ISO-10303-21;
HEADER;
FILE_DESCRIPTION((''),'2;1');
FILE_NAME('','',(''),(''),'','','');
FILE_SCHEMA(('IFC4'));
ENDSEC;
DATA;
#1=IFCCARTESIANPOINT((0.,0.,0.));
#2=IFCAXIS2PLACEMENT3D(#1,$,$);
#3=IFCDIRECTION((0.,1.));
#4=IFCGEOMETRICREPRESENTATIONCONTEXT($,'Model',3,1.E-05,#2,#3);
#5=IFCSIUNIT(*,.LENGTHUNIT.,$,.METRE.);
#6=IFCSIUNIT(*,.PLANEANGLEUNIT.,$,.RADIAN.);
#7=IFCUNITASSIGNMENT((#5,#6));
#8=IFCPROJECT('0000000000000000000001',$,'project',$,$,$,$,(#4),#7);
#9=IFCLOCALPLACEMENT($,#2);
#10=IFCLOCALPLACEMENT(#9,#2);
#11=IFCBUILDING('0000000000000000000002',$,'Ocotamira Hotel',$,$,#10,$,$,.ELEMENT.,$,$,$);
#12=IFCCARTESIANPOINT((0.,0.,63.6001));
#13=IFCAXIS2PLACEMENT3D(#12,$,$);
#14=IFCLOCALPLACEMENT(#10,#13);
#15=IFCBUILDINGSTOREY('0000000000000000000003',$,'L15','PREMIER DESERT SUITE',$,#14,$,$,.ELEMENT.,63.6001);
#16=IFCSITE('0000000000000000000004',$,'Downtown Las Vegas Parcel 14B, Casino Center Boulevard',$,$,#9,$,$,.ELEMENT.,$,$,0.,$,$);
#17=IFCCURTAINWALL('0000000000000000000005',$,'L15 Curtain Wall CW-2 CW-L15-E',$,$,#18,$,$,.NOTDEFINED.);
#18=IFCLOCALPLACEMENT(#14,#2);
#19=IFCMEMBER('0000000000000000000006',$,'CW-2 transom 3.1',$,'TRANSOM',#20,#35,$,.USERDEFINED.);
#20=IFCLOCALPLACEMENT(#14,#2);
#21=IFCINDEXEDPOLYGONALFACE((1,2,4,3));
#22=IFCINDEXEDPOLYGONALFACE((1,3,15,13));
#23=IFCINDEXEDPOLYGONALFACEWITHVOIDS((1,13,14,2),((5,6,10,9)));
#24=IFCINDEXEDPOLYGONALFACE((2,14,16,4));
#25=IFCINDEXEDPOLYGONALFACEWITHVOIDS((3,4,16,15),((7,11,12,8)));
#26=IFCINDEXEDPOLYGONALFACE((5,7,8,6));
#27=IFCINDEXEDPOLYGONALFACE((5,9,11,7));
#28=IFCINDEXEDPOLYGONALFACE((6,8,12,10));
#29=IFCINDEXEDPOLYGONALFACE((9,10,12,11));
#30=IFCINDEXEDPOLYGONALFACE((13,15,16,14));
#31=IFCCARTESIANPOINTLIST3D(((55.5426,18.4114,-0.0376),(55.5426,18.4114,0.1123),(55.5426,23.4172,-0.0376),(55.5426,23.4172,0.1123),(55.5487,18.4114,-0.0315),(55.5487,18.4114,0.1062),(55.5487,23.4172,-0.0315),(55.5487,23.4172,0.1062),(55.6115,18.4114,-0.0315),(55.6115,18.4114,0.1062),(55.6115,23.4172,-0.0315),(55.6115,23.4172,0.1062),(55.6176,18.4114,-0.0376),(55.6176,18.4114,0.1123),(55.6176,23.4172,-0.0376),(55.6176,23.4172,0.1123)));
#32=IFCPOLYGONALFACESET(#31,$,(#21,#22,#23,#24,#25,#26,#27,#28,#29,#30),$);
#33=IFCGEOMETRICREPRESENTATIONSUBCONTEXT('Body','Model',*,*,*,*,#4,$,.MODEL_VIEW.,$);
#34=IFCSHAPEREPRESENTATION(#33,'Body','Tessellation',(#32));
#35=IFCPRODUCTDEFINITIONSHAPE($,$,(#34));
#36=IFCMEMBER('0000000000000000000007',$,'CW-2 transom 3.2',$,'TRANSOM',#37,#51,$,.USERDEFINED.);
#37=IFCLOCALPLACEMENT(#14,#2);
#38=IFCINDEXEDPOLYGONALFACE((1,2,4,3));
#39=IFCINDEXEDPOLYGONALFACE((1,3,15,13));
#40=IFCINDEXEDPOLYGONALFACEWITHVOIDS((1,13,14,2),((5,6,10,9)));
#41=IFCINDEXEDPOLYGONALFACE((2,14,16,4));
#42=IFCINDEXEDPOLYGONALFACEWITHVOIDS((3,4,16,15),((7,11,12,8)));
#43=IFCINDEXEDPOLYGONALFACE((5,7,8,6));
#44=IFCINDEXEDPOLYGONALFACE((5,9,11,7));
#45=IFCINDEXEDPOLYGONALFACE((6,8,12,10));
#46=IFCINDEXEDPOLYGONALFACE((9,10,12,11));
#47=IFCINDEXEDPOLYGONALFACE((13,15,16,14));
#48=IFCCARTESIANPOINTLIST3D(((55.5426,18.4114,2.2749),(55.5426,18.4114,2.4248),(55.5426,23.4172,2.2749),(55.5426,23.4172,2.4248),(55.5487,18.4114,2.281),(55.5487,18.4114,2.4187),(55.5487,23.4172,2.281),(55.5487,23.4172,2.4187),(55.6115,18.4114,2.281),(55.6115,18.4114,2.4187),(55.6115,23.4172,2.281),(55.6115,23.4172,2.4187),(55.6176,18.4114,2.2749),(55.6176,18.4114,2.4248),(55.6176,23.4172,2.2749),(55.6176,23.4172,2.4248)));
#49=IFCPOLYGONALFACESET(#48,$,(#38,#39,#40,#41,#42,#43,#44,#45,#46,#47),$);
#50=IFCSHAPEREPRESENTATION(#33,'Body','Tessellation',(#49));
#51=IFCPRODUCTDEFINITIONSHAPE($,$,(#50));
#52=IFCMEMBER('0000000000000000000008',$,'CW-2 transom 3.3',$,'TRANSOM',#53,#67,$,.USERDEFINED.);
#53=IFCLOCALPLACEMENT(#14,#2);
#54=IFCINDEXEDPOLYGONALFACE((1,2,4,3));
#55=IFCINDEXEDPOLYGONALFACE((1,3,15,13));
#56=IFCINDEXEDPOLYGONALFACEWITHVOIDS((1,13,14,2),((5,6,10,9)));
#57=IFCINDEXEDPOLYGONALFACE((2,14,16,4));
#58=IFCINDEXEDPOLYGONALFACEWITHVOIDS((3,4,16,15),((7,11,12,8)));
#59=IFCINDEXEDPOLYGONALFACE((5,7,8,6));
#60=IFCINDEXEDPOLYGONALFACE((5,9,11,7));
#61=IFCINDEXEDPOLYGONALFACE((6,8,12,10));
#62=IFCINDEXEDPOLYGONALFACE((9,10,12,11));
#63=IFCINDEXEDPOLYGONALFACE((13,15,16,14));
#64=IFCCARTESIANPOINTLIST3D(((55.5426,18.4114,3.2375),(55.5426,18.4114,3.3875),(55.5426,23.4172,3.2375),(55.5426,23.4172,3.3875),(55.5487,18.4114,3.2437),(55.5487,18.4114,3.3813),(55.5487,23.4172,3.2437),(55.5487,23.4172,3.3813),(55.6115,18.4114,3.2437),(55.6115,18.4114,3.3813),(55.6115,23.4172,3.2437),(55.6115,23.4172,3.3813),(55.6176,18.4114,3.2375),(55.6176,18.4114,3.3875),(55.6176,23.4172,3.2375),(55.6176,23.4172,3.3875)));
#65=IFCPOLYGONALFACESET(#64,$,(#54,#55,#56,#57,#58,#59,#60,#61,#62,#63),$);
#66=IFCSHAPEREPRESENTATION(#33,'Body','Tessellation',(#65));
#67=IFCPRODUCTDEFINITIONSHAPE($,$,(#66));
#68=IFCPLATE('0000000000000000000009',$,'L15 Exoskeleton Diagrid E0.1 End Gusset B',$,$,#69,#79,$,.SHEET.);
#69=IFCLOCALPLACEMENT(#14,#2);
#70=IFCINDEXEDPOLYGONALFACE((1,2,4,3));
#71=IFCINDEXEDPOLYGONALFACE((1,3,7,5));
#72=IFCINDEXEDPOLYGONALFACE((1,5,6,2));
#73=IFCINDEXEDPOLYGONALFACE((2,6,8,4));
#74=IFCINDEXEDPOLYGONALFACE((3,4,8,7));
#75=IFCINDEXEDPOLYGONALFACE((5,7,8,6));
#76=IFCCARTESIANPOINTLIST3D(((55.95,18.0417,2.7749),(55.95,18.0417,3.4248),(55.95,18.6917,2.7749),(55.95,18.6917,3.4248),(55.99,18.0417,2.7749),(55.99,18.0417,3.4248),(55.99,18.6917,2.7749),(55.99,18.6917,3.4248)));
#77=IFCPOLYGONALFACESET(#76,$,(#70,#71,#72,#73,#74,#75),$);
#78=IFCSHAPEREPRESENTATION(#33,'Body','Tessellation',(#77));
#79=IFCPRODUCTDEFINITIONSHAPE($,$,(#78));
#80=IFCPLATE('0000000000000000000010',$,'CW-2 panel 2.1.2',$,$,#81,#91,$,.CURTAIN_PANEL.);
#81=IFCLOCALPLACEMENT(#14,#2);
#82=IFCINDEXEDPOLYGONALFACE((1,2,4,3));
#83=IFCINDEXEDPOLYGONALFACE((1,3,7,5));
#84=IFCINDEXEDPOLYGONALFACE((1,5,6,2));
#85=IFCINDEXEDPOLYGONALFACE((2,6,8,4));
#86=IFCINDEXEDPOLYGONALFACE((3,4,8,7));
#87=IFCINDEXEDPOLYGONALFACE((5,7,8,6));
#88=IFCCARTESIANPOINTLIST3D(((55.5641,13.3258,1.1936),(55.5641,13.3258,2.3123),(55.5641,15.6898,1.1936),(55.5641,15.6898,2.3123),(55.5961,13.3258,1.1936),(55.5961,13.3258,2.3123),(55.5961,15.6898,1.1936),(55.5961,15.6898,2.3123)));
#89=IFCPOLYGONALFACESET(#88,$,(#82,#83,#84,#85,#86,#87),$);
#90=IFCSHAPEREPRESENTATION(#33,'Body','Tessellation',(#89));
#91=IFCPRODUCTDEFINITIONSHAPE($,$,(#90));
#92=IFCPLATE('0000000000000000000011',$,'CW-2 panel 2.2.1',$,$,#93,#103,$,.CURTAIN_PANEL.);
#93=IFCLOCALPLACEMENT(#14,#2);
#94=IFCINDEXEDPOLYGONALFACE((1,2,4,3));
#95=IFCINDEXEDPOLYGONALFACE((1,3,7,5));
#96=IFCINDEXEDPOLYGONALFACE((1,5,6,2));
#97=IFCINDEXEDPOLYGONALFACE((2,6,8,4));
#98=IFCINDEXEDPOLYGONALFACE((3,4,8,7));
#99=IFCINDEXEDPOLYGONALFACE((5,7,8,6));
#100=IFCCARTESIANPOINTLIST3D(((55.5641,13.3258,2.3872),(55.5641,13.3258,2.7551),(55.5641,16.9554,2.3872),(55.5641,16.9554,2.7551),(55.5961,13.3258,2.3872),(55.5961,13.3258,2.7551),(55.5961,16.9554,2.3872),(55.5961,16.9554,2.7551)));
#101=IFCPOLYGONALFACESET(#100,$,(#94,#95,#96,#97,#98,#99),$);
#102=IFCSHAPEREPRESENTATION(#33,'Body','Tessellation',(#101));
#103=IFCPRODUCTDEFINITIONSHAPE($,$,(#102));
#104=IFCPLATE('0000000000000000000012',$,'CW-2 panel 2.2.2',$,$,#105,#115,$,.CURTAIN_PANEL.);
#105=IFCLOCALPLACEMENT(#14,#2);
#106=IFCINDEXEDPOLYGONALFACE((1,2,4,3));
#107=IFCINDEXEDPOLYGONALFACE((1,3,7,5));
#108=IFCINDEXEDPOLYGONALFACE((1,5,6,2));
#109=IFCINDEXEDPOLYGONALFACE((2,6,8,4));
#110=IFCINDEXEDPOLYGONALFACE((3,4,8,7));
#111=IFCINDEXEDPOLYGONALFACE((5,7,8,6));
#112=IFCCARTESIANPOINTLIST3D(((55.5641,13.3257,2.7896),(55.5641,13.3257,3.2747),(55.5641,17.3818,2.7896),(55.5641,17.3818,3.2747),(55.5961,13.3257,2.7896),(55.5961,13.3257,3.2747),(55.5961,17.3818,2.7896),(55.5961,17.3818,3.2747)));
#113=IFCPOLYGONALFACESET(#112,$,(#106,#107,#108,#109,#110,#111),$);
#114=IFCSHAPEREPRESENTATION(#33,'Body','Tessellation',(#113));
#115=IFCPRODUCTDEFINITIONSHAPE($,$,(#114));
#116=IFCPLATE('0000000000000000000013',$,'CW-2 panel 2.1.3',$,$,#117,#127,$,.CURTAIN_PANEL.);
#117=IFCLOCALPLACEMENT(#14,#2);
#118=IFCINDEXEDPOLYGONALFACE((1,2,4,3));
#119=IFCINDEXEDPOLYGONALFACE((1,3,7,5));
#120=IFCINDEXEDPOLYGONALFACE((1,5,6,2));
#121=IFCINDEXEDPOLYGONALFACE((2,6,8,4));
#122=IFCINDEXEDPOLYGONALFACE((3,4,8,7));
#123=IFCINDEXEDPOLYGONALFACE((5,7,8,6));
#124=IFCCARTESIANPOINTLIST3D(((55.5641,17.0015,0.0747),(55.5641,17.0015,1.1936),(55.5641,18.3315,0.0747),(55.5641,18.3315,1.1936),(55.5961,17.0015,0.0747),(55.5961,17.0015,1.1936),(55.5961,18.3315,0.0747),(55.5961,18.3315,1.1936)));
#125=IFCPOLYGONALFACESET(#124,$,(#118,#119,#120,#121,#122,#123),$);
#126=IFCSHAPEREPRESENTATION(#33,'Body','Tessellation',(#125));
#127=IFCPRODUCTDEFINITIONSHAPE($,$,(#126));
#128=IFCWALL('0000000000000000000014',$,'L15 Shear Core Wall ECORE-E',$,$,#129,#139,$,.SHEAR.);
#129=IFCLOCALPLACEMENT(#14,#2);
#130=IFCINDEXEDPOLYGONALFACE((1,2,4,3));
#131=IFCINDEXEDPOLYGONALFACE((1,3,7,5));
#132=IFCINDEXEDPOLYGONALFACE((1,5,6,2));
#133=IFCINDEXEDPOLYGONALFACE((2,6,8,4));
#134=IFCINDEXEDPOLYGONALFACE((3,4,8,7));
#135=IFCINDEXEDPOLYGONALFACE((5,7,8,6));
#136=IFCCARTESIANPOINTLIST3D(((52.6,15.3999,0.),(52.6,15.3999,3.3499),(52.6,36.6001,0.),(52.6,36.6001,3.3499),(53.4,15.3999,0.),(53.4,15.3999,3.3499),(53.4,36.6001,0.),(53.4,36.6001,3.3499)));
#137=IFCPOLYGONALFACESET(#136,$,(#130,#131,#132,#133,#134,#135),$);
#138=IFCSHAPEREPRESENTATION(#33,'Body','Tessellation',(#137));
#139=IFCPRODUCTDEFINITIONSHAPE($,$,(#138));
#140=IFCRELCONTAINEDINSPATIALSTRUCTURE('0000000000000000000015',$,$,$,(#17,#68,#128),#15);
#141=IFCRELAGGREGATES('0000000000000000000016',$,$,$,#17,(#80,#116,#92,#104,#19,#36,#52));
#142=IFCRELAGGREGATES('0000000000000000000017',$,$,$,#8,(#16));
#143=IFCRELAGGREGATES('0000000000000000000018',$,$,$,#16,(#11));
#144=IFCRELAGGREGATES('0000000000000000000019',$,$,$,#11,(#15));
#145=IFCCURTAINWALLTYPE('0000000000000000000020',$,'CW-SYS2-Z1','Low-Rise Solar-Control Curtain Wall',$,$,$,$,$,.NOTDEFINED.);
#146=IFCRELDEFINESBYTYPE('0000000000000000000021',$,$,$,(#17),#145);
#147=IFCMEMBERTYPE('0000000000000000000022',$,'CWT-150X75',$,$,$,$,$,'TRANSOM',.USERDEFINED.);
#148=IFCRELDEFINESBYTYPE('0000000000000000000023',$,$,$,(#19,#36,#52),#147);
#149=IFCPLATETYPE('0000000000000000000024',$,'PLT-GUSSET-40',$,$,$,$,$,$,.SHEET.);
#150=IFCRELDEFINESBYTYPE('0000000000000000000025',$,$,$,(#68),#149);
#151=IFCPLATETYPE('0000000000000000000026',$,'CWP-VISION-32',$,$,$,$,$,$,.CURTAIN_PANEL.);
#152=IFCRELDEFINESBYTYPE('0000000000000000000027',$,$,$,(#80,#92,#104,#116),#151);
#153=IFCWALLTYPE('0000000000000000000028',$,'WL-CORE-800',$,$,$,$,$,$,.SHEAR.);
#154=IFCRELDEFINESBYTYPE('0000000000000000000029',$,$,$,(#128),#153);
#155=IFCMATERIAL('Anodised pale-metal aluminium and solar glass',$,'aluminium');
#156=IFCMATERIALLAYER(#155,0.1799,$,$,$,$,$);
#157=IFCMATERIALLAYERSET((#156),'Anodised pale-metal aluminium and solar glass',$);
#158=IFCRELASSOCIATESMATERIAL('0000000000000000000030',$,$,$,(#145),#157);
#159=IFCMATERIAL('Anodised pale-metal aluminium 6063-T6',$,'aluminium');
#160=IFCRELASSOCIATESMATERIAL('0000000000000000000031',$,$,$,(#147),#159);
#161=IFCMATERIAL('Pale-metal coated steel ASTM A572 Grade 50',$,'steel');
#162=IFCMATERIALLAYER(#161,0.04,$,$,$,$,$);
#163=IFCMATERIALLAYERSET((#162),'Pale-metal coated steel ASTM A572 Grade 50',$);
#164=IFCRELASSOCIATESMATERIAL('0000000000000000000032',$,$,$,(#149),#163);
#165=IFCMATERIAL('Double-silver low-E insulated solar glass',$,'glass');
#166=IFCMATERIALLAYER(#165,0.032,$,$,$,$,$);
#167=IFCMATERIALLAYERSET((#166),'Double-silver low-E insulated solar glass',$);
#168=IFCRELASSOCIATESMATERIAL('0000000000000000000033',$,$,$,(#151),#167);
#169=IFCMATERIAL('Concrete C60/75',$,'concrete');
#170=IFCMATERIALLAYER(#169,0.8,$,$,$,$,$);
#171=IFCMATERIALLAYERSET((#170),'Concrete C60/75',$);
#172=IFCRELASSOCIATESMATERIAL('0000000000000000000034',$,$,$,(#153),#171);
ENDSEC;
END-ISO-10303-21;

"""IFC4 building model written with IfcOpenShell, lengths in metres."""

from ifc_helpers import new_model, si_unit, direction, frame, frame_2d, origin, origin_2d, place, context, subcontext, project, spatial, rectangle, hollow_rectangle, extrude, source, transform, mapped, material, layer, layer_set, material_profile, profile_set, type_object, element, aggregate, save


model = new_model("IFC4")

# Units and contexts
model_context = context("Model", 3, precision=1e-05, world=origin(), true_north=direction((0.0, 1.0)))
body_context = subcontext(model_context, "Body", "Model", "MODEL_VIEW")
ifc_project = project(units=[si_unit("LENGTHUNIT", "METRE"), si_unit("PLANEANGLEUNIT", "RADIAN")], contexts=[model_context])

# Site, building, storey
site_placement = place(None, origin())
site = spatial("IfcSite", under=ifc_project, at=site_placement, Name="Downtown Las Vegas Parcel 14B, Casino Center Boulevard", CompositionType="ELEMENT", RefElevation=0.0)
building_placement = place(site_placement, origin())
building = spatial("IfcBuilding", under=site, at=building_placement, Name="Ocotamira Hotel", CompositionType="ELEMENT")
storey_placement = place(building_placement, frame((0.0, 0.0, 63.6001)))
storey = spatial("IfcBuildingStorey", under=building, at=storey_placement, Name="L15", Description="PREMIER DESERT SUITE", CompositionType="ELEMENT", Elevation=63.6001)

# Curtain wall, members
ifc_material_1 = material(Name="Anodised pale-metal aluminium and solar glass", Category="aluminium")
ifc_layer_1 = layer(ifc_material_1, 0.1799)
ifc_layer_set_1 = layer_set([ifc_layer_1], Name="Anodised pale-metal aluminium and solar glass")
curtain_wall_type = type_object("IfcCurtainWallType", Name="CW-SYS2-Z1", Description="Low-Rise Solar-Control Curtain Wall", PredefinedType="NOTDEFINED", material=ifc_layer_set_1)
curtain_wall_placement = place(storey_placement, origin())
curtain_wall = element("IfcCurtainWall", 1, at=curtain_wall_placement, inside=storey, type_object=curtain_wall_type, Name="L15 Curtain Wall CW-2 CW-L15-E", PredefinedType="NOTDEFINED")
ifc_material_2 = material(Name="Anodised pale-metal aluminium 6063-T6", Category="aluminium")
ifc_material_profile_1 = material_profile(ifc_material_2, hollow_rectangle(XDim=0.075, YDim=0.1499, WallThickness=0.0061, at=origin_2d()), Name="HSS150X75X6")
ifc_profile_set_1 = profile_set([ifc_material_profile_1], Name="Anodised pale-metal aluminium 6063-T6")
member_type_1 = type_object("IfcMemberType", Name="CWT-150X75", ElementType="TRANSOM", PredefinedType="USERDEFINED", material=ifc_profile_set_1)
shared_shape_1 = source(origin(), body_context, "Body", "SweptSolid", [
    extrude(hollow_rectangle(XDim=0.075, YDim=0.1499, WallThickness=0.0061, at=origin_2d()), origin(), (0.0, 0.0, 1.0), 5.0059),
])
member_1_placement = place(storey_placement, frame((55.5801, 18.4114, 0.0374), z_axis=(0.0, 1.0, 0.0), x_axis=(-1.0, 0.0, 0.0)))
member_1 = element("IfcMember", 2, at=member_1_placement, type_object=member_type_1, Name="CW-2 transom 3.1", ObjectType="TRANSOM", PredefinedType="USERDEFINED", context=body_context, shape_type="MappedRepresentation", body=[
    mapped(shared_shape_1, transform((0.0, 0.0, 0.0), scale=1.0)),
])
member_2_placement = place(storey_placement, frame((55.5801, 18.4114, 2.3499), z_axis=(0.0, 1.0, 0.0), x_axis=(-1.0, 0.0, 0.0)))
member_2 = element("IfcMember", 3, at=member_2_placement, type_object=member_type_1, Name="CW-2 transom 3.2", ObjectType="TRANSOM", PredefinedType="USERDEFINED", context=body_context, shape_type="MappedRepresentation", body=[
    mapped(shared_shape_1, transform((0.0, 0.0, 0.0), scale=1.0)),
])
member_3_placement = place(storey_placement, frame((55.5801, 18.4114, 3.3125), z_axis=(0.0, 1.0, 0.0), x_axis=(-1.0, 0.0, 0.0)))
member_3 = element("IfcMember", 4, at=member_3_placement, type_object=member_type_1, Name="CW-2 transom 3.3", ObjectType="TRANSOM", PredefinedType="USERDEFINED", context=body_context, shape_type="MappedRepresentation", body=[
    mapped(shared_shape_1, transform((0.0, 0.0, 0.0), scale=1.0)),
])

# Plates
ifc_material_3 = material(Name="Pale-metal coated steel ASTM A572 Grade 50", Category="steel")
ifc_layer_2 = layer(ifc_material_3, 0.04)
ifc_layer_set_2 = layer_set([ifc_layer_2], Name="Pale-metal coated steel ASTM A572 Grade 50")
plate_type_1 = type_object("IfcPlateType", Name="PLT-GUSSET-40", PredefinedType="SHEET", material=ifc_layer_set_2)
shared_shape_2 = source(origin(), body_context, "Body", "SweptSolid", [
    extrude(rectangle(XDim=0.04, YDim=0.6499, at=origin_2d()), origin(), (0.0, 0.0, 1.0), 0.6499),
])
plate_1_placement = place(storey_placement, frame((55.97, 18.3667, 2.7749), z_axis=(0.0, 0.0, 1.0), x_axis=(1.0, 0.0, 0.0)))
element("IfcPlate", 5, at=plate_1_placement, inside=storey, type_object=plate_type_1, Name="L15 Exoskeleton Diagrid E0.1 End Gusset B", PredefinedType="SHEET", context=body_context, shape_type="MappedRepresentation", body=[
    mapped(shared_shape_2, transform((0.0, 0.0, 0.0), scale=1.0)),
])
ifc_material_4 = material(Name="Double-silver low-E insulated solar glass", Category="glass")
ifc_layer_3 = layer(ifc_material_4, 0.032)
ifc_layer_set_3 = layer_set([ifc_layer_3], Name="Double-silver low-E insulated solar glass")
plate_type_2 = type_object("IfcPlateType", Name="CWP-VISION-32", PredefinedType="CURTAIN_PANEL", material=ifc_layer_set_3)
shared_shape_3 = source(origin(), body_context, "Body", "SweptSolid", [
    extrude(rectangle(XDim=2.364, YDim=0.032, at=origin_2d()), origin(), (0.0, 0.0, 1.0), 1.1187),
])
plate_2_placement = place(storey_placement, frame((55.5801, 14.5078, 1.1936), z_axis=(0.0, 0.0, 1.0), x_axis=(0.0, 1.0, 0.0)))
plate_2 = element("IfcPlate", 6, at=plate_2_placement, type_object=plate_type_2, Name="CW-2 panel 2.1.2", PredefinedType="CURTAIN_PANEL", context=body_context, shape_type="MappedRepresentation", body=[
    mapped(shared_shape_3, transform((0.0, 0.0, 0.0), scale=1.0)),
])
shared_shape_4 = source(origin(), body_context, "Body", "SweptSolid", [
    extrude(rectangle(XDim=3.6296, YDim=0.032, at=origin_2d()), origin(), (0.0, 0.0, 1.0), 0.3679),
])
plate_3_placement = place(storey_placement, frame((55.5801, 15.1406, 2.3872), z_axis=(0.0, 0.0, 1.0), x_axis=(0.0, 1.0, 0.0)))
plate_3 = element("IfcPlate", 7, at=plate_3_placement, type_object=plate_type_2, Name="CW-2 panel 2.2.1", PredefinedType="CURTAIN_PANEL", context=body_context, shape_type="MappedRepresentation", body=[
    mapped(shared_shape_4, transform((0.0, 0.0, 0.0), scale=1.0)),
])
shared_shape_5 = source(origin(), body_context, "Body", "SweptSolid", [
    extrude(rectangle(XDim=4.0562, YDim=0.032, at=origin_2d()), origin(), (0.0, 0.0, 1.0), 0.4851),
])
plate_4_placement = place(storey_placement, frame((55.5801, 15.3538, 2.7896), z_axis=(0.0, 0.0, 1.0), x_axis=(0.0, 1.0, 0.0)))
plate_4 = element("IfcPlate", 8, at=plate_4_placement, type_object=plate_type_2, Name="CW-2 panel 2.2.2", PredefinedType="CURTAIN_PANEL", context=body_context, shape_type="MappedRepresentation", body=[
    mapped(shared_shape_5, transform((0.0, 0.0, 0.0), scale=1.0)),
])
shared_shape_6 = source(origin(), body_context, "Body", "SweptSolid", [
    extrude(rectangle(XDim=1.3301, YDim=0.032, at=origin_2d()), origin(), (0.0, 0.0, 1.0), 1.1189),
])
plate_5_placement = place(storey_placement, frame((55.5801, 17.6665, 0.0747), z_axis=(0.0, 0.0, 1.0), x_axis=(0.0, 1.0, 0.0)))
plate_5 = element("IfcPlate", 9, at=plate_5_placement, type_object=plate_type_2, Name="CW-2 panel 2.1.3", PredefinedType="CURTAIN_PANEL", context=body_context, shape_type="MappedRepresentation", body=[
    mapped(shared_shape_6, transform((0.0, 0.0, 0.0), scale=1.0)),
])
aggregate(curtain_wall, [plate_2, plate_5, plate_3, plate_4, member_1, member_2, member_3])

# Wall
ifc_material_5 = material(Name="Concrete C60/75", Category="concrete")
ifc_layer_4 = layer(ifc_material_5, 0.8)
ifc_layer_set_4 = layer_set([ifc_layer_4], Name="Concrete C60/75")
wall_type_1 = type_object("IfcWallType", Name="WL-CORE-800", PredefinedType="SHEAR", material=ifc_layer_set_4)
wall_1_placement = place(storey_placement, frame((53.0, 15.3999, 0.0), z_axis=(0.0, 0.0, 1.0), x_axis=(0.0, 1.0, 0.0)))
element("IfcWall", 10, at=wall_1_placement, inside=storey, type_object=wall_type_1, Name="L15 Shear Core Wall ECORE-E", PredefinedType="SHEAR", context=body_context, shape_type="SweptSolid", body=[
    extrude(rectangle(XDim=21.2002, YDim=0.8, at=frame_2d((10.6001, 0.0))), origin(), (0.0, 0.0, 1.0), 3.3499),
])

save(model, "model.ifc")
